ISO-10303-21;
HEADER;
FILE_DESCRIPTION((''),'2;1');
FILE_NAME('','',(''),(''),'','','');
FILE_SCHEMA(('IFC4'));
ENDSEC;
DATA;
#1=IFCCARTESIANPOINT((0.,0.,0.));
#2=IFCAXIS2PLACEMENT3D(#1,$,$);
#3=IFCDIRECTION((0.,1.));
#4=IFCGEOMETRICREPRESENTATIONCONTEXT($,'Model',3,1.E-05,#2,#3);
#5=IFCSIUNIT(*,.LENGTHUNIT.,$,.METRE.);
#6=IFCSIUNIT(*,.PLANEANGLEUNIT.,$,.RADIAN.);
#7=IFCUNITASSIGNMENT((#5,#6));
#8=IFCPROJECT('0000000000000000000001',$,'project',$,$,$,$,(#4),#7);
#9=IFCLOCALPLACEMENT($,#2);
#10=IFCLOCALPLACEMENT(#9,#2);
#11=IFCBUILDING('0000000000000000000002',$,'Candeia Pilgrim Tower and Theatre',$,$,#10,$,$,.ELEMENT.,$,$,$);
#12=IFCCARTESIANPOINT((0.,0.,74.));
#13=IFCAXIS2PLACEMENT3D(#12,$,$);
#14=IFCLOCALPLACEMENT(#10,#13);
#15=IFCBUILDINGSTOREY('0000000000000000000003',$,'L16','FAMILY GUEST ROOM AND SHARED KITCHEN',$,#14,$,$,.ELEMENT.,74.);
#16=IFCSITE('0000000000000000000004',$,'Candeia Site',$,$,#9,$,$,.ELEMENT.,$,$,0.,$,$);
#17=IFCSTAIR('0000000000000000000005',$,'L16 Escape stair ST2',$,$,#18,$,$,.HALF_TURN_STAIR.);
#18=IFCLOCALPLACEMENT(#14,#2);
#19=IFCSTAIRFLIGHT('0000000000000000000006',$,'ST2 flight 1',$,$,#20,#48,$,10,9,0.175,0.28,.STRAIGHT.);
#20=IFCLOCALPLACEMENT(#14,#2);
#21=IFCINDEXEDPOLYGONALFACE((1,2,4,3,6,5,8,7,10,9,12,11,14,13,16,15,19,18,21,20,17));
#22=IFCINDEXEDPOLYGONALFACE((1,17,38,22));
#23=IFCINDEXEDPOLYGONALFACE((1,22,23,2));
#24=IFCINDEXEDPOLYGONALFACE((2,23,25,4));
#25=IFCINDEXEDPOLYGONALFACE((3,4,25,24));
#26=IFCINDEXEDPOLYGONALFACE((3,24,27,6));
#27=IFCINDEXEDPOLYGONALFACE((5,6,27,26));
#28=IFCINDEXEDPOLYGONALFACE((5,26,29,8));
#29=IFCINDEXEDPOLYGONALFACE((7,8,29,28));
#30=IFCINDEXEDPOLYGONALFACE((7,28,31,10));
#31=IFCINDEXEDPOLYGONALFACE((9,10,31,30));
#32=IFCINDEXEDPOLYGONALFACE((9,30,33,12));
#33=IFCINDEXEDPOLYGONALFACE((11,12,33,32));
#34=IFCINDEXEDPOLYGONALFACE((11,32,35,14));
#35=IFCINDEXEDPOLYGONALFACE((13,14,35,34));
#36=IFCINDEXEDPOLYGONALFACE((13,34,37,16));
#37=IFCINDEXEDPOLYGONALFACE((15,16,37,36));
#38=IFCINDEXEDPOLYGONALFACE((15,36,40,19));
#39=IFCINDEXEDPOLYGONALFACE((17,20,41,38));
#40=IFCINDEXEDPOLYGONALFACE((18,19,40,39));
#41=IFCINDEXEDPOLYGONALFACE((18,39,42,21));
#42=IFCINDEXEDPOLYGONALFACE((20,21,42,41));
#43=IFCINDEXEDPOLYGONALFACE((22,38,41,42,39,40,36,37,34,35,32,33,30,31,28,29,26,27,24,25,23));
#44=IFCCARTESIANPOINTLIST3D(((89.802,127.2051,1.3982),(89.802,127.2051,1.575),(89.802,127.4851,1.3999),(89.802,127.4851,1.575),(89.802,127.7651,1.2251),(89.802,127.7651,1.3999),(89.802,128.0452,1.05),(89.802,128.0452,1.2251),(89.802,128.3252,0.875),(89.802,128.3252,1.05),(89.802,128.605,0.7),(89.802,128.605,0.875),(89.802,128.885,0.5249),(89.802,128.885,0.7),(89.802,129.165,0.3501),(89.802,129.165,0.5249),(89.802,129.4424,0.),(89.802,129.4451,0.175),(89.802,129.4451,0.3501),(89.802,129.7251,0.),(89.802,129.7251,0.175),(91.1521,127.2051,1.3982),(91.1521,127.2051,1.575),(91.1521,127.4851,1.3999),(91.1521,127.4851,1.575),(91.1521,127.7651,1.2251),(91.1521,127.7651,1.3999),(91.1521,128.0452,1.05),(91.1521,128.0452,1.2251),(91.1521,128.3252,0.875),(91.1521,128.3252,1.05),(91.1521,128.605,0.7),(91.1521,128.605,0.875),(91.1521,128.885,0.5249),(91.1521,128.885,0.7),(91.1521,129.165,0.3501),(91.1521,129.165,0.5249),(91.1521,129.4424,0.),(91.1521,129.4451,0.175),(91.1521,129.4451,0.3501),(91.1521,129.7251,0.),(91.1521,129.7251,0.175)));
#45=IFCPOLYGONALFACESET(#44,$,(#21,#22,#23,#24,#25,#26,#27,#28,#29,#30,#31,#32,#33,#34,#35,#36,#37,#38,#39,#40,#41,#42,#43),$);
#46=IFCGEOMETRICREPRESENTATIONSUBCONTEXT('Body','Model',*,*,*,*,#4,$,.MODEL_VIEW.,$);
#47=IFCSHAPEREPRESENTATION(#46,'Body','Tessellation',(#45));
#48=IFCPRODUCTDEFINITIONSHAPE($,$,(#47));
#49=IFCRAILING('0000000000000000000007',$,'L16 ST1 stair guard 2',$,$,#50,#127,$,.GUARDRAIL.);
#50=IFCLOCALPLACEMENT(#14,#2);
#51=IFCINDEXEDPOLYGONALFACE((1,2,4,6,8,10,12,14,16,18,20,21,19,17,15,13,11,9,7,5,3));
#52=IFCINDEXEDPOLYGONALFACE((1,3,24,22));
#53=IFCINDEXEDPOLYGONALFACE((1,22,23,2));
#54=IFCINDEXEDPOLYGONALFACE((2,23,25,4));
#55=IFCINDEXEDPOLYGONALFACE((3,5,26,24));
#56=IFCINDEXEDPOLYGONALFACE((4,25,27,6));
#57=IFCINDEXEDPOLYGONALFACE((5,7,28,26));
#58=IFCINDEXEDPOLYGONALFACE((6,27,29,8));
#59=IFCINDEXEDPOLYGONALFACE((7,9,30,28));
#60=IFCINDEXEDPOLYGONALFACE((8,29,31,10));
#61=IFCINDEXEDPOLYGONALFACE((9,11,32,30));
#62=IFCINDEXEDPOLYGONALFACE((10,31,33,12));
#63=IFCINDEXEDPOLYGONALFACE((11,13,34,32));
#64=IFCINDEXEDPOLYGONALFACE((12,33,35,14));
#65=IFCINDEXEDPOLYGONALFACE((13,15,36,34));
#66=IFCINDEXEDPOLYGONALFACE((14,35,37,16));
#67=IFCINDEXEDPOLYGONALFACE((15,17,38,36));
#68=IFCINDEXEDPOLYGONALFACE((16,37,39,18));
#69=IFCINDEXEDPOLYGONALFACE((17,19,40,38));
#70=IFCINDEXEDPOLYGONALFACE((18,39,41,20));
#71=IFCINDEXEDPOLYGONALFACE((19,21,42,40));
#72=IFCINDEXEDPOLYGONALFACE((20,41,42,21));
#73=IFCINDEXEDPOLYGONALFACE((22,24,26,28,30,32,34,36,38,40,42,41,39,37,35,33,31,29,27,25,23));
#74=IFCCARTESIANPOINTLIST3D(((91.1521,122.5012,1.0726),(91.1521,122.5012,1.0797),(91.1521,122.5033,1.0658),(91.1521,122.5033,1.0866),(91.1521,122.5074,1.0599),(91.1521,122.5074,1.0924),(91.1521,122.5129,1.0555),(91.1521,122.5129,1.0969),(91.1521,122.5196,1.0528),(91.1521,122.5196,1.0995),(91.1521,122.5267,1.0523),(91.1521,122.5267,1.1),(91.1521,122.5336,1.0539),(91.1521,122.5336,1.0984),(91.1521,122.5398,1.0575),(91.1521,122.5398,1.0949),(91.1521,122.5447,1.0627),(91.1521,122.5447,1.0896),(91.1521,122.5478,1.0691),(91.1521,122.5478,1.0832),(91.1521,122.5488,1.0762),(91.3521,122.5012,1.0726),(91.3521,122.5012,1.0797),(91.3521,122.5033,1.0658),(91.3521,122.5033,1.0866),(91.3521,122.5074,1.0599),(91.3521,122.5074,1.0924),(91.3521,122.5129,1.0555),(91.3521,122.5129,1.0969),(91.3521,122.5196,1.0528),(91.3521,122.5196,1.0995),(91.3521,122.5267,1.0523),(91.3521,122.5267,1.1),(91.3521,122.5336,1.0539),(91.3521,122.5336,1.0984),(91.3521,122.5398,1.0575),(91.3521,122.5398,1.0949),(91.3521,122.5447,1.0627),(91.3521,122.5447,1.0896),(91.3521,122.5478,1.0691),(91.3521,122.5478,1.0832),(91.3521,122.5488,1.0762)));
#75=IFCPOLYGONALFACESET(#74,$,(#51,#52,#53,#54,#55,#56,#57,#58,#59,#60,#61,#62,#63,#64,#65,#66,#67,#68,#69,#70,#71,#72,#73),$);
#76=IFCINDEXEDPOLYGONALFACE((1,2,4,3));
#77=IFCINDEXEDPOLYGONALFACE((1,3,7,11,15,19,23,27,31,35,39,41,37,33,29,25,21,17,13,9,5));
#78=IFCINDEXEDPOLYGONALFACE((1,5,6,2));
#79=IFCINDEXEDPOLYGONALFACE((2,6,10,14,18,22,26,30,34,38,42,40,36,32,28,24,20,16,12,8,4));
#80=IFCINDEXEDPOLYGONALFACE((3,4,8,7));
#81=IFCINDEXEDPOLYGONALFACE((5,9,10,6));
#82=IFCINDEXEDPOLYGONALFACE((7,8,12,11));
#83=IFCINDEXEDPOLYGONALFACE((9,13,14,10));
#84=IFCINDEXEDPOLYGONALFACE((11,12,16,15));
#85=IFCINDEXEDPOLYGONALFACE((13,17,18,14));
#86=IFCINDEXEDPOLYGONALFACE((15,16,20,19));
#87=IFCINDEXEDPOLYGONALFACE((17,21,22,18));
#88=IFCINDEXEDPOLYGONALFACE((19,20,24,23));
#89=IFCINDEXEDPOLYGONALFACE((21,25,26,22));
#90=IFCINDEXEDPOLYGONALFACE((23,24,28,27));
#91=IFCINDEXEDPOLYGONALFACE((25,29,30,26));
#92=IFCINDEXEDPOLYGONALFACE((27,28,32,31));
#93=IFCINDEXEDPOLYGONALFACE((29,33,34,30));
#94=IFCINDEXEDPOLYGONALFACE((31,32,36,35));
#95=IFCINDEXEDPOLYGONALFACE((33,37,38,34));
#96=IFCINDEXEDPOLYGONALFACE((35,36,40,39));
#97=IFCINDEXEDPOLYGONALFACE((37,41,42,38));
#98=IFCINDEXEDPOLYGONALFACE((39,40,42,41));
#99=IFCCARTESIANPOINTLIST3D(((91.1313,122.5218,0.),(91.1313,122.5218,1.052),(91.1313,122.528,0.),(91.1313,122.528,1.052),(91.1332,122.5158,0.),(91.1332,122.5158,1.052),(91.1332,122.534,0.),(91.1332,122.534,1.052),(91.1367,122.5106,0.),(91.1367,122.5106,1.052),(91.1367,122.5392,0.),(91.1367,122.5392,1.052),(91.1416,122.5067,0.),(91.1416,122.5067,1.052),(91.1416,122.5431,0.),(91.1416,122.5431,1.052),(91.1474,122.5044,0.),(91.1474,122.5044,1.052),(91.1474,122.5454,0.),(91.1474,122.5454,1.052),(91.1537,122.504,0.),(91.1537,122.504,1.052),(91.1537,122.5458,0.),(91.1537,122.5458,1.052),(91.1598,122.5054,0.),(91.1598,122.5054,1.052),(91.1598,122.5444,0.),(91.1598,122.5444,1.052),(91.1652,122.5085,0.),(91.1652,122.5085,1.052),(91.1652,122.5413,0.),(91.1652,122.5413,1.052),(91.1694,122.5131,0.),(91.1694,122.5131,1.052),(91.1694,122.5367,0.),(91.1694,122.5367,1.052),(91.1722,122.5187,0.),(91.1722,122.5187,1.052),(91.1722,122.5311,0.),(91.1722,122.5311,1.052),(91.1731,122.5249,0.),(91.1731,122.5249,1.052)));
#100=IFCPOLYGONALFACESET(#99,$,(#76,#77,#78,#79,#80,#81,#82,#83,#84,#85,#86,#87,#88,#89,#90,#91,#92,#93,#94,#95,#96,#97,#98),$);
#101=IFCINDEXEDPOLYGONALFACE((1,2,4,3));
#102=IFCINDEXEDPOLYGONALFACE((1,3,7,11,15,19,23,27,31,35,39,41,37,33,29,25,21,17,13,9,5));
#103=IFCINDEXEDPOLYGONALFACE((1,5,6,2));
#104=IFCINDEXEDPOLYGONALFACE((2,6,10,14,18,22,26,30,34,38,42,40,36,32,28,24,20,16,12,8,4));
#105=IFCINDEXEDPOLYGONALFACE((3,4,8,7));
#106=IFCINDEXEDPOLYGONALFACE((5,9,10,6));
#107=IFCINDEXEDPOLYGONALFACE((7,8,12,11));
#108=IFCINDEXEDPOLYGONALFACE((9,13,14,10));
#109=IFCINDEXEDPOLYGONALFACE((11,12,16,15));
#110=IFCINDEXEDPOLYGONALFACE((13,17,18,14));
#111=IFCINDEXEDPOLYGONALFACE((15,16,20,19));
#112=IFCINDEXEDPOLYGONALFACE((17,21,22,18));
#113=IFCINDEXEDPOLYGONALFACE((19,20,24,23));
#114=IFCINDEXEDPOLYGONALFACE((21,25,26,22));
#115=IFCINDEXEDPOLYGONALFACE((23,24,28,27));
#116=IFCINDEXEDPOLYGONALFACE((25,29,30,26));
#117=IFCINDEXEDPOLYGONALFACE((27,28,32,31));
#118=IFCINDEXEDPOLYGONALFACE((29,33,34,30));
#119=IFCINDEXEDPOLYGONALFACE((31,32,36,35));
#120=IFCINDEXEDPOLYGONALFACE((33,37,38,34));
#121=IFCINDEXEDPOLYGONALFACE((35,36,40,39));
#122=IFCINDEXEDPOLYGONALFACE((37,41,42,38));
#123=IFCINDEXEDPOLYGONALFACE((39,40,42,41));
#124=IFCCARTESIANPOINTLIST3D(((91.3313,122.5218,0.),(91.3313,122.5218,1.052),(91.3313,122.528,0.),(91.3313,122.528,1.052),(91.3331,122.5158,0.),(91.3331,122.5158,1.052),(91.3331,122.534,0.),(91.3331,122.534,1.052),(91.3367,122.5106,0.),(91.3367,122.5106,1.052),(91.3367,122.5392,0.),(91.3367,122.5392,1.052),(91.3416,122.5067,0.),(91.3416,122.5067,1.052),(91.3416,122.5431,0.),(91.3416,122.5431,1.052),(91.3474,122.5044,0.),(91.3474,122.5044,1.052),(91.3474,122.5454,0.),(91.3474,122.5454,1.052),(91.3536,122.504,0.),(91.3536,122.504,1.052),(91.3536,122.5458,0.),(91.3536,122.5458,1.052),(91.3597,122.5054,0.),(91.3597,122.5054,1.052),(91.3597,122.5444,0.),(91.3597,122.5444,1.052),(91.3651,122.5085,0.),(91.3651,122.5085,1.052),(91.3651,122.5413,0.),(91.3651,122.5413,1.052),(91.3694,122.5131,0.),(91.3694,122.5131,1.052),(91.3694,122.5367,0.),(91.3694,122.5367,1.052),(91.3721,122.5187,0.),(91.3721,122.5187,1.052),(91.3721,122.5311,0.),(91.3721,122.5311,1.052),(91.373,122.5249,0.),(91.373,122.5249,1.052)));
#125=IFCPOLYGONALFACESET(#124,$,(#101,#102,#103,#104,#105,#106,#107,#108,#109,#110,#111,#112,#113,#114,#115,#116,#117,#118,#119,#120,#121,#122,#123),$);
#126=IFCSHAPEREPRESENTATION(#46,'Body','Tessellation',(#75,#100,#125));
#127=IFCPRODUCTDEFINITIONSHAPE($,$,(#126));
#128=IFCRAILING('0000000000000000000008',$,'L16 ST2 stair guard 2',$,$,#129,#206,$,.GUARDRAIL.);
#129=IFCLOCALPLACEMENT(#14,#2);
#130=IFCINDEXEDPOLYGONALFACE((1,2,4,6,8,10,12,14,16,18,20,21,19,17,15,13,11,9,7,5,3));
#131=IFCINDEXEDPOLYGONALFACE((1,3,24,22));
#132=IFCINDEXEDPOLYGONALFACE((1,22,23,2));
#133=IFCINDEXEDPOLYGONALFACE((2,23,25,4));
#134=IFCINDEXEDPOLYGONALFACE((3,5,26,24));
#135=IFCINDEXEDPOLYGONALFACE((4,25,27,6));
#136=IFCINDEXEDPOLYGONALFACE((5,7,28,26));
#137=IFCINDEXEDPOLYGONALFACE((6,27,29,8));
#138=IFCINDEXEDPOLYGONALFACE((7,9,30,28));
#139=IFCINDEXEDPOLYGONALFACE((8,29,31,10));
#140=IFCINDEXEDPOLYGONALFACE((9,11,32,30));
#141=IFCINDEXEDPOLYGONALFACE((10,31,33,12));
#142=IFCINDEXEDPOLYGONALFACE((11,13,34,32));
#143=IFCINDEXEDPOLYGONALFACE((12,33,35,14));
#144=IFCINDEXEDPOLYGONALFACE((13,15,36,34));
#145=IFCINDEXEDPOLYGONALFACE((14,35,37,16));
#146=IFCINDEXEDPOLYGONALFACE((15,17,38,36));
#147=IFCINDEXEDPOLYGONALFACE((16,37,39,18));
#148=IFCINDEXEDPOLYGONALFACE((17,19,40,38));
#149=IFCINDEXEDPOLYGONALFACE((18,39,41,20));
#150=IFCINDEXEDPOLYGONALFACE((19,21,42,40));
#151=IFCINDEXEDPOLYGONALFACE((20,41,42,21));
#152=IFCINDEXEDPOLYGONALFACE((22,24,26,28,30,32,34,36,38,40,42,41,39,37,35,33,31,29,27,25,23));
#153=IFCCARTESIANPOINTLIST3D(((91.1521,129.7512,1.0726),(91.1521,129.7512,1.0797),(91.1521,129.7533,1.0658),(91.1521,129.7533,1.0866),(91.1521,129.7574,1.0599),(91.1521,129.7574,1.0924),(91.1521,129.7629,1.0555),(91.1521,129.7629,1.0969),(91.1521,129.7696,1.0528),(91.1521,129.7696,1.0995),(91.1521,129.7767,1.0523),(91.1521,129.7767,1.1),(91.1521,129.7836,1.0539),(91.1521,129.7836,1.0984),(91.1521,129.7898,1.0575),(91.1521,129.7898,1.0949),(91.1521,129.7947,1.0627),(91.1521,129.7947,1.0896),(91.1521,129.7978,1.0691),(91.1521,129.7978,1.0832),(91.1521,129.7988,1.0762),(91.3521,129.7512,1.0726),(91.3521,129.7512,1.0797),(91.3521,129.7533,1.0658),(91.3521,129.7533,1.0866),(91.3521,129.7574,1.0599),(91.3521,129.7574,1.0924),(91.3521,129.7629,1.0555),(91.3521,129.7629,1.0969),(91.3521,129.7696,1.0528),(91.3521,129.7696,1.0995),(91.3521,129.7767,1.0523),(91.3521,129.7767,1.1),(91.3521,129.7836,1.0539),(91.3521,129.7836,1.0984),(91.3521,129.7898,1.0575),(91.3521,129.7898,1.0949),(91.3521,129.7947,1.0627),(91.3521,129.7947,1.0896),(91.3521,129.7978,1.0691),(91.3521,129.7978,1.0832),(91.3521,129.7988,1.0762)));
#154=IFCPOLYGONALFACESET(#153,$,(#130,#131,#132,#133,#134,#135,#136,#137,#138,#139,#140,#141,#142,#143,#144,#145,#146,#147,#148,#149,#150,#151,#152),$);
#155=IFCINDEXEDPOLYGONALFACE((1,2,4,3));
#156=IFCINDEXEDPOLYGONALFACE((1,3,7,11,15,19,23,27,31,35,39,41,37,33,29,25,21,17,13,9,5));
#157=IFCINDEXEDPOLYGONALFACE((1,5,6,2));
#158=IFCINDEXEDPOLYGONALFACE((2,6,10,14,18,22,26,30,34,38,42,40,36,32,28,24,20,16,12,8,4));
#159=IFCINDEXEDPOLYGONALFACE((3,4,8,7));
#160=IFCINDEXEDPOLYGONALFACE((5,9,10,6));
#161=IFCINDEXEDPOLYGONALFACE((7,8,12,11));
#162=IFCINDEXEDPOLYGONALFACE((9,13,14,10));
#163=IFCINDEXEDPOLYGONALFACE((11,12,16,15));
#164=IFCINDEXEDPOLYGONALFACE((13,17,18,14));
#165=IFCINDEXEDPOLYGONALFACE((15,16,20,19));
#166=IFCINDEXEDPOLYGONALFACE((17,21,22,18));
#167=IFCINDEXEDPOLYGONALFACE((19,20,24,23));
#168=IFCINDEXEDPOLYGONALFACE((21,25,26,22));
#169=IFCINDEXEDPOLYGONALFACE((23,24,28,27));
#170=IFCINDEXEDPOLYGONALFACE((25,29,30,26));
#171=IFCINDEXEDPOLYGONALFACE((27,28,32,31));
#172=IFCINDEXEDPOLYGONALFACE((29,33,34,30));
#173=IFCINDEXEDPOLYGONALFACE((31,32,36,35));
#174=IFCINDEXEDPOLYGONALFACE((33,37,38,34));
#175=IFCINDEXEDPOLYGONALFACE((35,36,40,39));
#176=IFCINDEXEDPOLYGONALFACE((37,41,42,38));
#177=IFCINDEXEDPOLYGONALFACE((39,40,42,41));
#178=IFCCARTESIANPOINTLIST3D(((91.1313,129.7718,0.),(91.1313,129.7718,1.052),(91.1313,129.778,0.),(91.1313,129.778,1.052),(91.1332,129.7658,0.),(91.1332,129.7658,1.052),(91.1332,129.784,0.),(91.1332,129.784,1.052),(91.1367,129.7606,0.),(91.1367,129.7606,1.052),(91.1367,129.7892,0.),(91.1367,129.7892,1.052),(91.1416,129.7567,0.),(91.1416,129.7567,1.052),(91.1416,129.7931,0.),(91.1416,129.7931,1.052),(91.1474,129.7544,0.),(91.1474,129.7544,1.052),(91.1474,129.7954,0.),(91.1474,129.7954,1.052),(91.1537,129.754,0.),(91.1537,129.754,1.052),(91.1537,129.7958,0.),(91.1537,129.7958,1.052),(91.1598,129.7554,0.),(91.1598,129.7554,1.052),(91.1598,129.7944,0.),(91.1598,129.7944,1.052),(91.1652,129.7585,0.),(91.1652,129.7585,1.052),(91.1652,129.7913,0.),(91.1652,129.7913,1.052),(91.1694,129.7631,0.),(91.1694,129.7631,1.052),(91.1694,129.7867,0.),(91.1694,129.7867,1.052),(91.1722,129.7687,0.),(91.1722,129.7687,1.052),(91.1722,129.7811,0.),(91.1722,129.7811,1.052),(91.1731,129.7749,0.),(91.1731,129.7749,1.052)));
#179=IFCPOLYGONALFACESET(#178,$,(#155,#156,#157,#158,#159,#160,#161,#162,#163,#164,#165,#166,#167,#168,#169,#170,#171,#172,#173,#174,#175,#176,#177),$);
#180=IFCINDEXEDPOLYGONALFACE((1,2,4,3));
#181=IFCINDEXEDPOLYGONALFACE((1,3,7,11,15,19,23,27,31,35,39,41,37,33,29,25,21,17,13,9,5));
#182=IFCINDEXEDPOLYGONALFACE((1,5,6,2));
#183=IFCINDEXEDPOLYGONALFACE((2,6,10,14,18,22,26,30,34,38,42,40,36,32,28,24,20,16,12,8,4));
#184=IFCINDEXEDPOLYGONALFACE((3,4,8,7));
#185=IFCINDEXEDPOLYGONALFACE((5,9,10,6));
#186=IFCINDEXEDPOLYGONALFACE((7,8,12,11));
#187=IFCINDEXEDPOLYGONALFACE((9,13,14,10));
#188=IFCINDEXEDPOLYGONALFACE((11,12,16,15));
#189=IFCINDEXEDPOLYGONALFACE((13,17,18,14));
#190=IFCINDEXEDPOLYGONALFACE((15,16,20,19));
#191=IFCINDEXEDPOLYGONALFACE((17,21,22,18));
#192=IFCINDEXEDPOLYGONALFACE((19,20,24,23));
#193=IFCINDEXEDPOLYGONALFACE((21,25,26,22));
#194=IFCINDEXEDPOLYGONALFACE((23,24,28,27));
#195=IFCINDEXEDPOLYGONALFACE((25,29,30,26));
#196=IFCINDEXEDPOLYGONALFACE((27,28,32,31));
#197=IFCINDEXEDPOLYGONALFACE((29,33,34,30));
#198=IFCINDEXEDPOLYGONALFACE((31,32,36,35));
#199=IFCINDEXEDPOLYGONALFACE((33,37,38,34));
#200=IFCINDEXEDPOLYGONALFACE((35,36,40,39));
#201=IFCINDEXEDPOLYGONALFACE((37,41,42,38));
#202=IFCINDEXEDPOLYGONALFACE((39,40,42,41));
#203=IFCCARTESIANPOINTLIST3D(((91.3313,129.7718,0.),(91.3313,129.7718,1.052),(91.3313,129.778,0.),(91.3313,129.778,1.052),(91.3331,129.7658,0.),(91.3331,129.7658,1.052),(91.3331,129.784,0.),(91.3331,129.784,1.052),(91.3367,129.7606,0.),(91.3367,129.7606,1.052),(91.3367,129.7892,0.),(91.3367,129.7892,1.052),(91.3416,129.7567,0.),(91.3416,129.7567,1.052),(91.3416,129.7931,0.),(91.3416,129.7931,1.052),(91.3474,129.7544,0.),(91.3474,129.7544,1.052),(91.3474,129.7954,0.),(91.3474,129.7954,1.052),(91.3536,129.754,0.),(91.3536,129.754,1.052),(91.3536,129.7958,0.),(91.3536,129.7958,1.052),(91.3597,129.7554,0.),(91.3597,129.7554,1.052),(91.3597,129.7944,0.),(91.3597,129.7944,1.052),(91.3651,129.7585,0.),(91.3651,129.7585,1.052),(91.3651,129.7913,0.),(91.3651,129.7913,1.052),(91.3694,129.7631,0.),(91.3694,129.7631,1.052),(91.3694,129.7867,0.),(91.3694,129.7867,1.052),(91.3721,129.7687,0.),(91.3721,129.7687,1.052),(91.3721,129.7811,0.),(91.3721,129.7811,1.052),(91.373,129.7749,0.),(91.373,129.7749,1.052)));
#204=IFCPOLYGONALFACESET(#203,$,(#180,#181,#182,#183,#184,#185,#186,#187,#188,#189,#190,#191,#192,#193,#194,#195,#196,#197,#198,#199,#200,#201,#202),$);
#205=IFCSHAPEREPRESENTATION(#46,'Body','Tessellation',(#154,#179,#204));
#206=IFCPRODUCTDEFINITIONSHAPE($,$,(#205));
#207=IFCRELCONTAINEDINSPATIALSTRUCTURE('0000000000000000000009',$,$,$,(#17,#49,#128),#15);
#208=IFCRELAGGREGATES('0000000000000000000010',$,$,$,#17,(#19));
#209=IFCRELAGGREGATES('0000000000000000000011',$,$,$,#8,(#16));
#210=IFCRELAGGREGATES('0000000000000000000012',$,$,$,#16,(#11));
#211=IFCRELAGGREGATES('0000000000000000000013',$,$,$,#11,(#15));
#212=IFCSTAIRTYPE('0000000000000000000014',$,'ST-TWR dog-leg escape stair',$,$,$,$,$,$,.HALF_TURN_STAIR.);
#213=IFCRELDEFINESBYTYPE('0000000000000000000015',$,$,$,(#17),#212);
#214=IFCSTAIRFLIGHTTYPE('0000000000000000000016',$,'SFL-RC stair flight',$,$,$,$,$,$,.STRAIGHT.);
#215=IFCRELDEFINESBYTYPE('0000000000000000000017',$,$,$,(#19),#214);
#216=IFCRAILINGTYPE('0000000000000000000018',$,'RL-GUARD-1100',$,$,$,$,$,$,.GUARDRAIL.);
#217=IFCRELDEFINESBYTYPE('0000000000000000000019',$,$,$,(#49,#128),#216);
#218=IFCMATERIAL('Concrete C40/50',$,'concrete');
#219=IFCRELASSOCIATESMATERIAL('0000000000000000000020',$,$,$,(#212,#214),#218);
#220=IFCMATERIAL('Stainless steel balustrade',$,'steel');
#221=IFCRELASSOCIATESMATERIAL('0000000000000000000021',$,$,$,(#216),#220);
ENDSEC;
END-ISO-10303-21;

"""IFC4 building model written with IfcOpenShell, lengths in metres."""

from ifc_helpers import new_model, si_unit, direction, frame, origin, origin_2d, place, context, subcontext, project, spatial, polyline, circle, outline, extrude, material, type_object, element, aggregate, save


model = new_model("IFC4")

# Units and contexts
model_context = context("Model", 3, precision=1e-05, world=origin(), true_north=direction((0.0, 1.0)))
body_context = subcontext(model_context, "Body", "Model", "MODEL_VIEW")
ifc_project = project(units=[si_unit("LENGTHUNIT", "METRE"), si_unit("PLANEANGLEUNIT", "RADIAN")], contexts=[model_context])

# Site, building, storey
site_placement = place(None, origin())
site = spatial("IfcSite", under=ifc_project, at=site_placement, Name="Candeia Site", CompositionType="ELEMENT", RefElevation=0.0)
building_placement = place(site_placement, origin())
building = spatial("IfcBuilding", under=site, at=building_placement, Name="Candeia Pilgrim Tower and Theatre", CompositionType="ELEMENT")
storey_placement = place(building_placement, frame((0.0, 0.0, 74.0)))
storey = spatial("IfcBuildingStorey", under=building, at=storey_placement, Name="L16", Description="FAMILY GUEST ROOM AND SHARED KITCHEN", CompositionType="ELEMENT", Elevation=74.0)

# Shared definitions
ifc_material_1 = material(Name="Concrete C40/50", Category="concrete")

# Shared definitions
stair_type = type_object("IfcStairType", Name="ST-TWR dog-leg escape stair", PredefinedType="HALF_TURN_STAIR", material=ifc_material_1)
stair_flight_type = type_object("IfcStairFlightType", Name="SFL-RC stair flight", PredefinedType="STRAIGHT", material=ifc_material_1)

# Stair, stair flight
stair_1_placement = place(storey_placement, origin())
stair_1 = element("IfcStair", 1, at=stair_1_placement, inside=storey, type_object=stair_type, Name="L16 Escape stair ST2", PredefinedType="HALF_TURN_STAIR")
stair_flight_1_placement = place(storey_placement, frame((90.4771, 129.7251, 0.0), z_axis=(0.0, 0.0, 1.0), x_axis=(0.0, -1.0, 0.0)))
stair_flight_1 = element("IfcStairFlight", 2, at=stair_flight_1_placement, type_object=stair_flight_type, Name="ST2 flight 1", NumberOfRisers=10, NumberOfTreads=9, PredefinedType="STRAIGHT", RiserHeight=0.175, TreadLength=0.28, context=body_context, shape_type="SweptSolid", body=[
    extrude(outline(polyline([(0.0, 0.0), (0.0, 0.175), (0.28, 0.175), (0.28, 0.3501), (0.5601, 0.3501), (0.5601, 0.5249), (0.8401, 0.5249), (0.8401, 0.7), (1.1201, 0.7), (1.1201, 0.875), (1.3999, 0.875), (1.3999, 1.05), (1.6799, 1.05), (1.6799, 1.2251), (1.96, 1.2251), (1.96, 1.3999), (2.24, 1.3999), (2.24, 1.575), (2.52, 1.575), (2.52, 1.75), (2.52, 1.3982), (0.2827, 0.0), (0.0, 0.0)])), frame((0.0, 0.675, 0.0), z_axis=(0.0, -1.0, 0.0), x_axis=(1.0, 0.0, 0.0)), (0.0, 0.0, 1.0), 1.3501),
])
aggregate(stair_1, [stair_flight_1])

# Railings
ifc_material_2 = material(Name="Stainless steel balustrade", Category="steel")
railing_type_1 = type_object("IfcRailingType", Name="RL-GUARD-1100", PredefinedType="GUARDRAIL", material=ifc_material_2)
railing_1_placement = place(storey_placement, frame((91.1521, 122.5249, 0.0)))
element("IfcRailing", 3, at=railing_1_placement, inside=storey, type_object=railing_type_1, Name="L16 ST1 stair guard 2", PredefinedType="GUARDRAIL", context=body_context, shape_type="SweptSolid", body=[
    extrude(circle(Radius=0.0239, at=origin_2d()), frame((0.0, 0.0, 1.0762), z_axis=(1.0, 0.0, 0.0), x_axis=(0.0, 1.0, 0.0)), (0.0, 0.0, 1.0), 0.2),
    extrude(circle(Radius=0.021, at=origin_2d()), origin(), (0.0, 0.0, 1.0), 1.052),
    extrude(circle(Radius=0.021, at=origin_2d()), frame((0.2, 0.0, 0.0)), (0.0, 0.0, 1.0), 1.052),
])
railing_2_placement = place(storey_placement, frame((91.1521, 129.7749, 0.0)))
element("IfcRailing", 4, at=railing_2_placement, inside=storey, type_object=railing_type_1, Name="L16 ST2 stair guard 2", PredefinedType="GUARDRAIL", context=body_context, shape_type="SweptSolid", body=[
    extrude(circle(Radius=0.0239, at=origin_2d()), frame((0.0, 0.0, 1.0762), z_axis=(1.0, 0.0, 0.0), x_axis=(0.0, 1.0, 0.0)), (0.0, 0.0, 1.0), 0.2),
    extrude(circle(Radius=0.021, at=origin_2d()), origin(), (0.0, 0.0, 1.0), 1.052),
    extrude(circle(Radius=0.021, at=origin_2d()), frame((0.2, 0.0, 0.0)), (0.0, 0.0, 1.0), 1.052),
])

save(model, "model.ifc")
